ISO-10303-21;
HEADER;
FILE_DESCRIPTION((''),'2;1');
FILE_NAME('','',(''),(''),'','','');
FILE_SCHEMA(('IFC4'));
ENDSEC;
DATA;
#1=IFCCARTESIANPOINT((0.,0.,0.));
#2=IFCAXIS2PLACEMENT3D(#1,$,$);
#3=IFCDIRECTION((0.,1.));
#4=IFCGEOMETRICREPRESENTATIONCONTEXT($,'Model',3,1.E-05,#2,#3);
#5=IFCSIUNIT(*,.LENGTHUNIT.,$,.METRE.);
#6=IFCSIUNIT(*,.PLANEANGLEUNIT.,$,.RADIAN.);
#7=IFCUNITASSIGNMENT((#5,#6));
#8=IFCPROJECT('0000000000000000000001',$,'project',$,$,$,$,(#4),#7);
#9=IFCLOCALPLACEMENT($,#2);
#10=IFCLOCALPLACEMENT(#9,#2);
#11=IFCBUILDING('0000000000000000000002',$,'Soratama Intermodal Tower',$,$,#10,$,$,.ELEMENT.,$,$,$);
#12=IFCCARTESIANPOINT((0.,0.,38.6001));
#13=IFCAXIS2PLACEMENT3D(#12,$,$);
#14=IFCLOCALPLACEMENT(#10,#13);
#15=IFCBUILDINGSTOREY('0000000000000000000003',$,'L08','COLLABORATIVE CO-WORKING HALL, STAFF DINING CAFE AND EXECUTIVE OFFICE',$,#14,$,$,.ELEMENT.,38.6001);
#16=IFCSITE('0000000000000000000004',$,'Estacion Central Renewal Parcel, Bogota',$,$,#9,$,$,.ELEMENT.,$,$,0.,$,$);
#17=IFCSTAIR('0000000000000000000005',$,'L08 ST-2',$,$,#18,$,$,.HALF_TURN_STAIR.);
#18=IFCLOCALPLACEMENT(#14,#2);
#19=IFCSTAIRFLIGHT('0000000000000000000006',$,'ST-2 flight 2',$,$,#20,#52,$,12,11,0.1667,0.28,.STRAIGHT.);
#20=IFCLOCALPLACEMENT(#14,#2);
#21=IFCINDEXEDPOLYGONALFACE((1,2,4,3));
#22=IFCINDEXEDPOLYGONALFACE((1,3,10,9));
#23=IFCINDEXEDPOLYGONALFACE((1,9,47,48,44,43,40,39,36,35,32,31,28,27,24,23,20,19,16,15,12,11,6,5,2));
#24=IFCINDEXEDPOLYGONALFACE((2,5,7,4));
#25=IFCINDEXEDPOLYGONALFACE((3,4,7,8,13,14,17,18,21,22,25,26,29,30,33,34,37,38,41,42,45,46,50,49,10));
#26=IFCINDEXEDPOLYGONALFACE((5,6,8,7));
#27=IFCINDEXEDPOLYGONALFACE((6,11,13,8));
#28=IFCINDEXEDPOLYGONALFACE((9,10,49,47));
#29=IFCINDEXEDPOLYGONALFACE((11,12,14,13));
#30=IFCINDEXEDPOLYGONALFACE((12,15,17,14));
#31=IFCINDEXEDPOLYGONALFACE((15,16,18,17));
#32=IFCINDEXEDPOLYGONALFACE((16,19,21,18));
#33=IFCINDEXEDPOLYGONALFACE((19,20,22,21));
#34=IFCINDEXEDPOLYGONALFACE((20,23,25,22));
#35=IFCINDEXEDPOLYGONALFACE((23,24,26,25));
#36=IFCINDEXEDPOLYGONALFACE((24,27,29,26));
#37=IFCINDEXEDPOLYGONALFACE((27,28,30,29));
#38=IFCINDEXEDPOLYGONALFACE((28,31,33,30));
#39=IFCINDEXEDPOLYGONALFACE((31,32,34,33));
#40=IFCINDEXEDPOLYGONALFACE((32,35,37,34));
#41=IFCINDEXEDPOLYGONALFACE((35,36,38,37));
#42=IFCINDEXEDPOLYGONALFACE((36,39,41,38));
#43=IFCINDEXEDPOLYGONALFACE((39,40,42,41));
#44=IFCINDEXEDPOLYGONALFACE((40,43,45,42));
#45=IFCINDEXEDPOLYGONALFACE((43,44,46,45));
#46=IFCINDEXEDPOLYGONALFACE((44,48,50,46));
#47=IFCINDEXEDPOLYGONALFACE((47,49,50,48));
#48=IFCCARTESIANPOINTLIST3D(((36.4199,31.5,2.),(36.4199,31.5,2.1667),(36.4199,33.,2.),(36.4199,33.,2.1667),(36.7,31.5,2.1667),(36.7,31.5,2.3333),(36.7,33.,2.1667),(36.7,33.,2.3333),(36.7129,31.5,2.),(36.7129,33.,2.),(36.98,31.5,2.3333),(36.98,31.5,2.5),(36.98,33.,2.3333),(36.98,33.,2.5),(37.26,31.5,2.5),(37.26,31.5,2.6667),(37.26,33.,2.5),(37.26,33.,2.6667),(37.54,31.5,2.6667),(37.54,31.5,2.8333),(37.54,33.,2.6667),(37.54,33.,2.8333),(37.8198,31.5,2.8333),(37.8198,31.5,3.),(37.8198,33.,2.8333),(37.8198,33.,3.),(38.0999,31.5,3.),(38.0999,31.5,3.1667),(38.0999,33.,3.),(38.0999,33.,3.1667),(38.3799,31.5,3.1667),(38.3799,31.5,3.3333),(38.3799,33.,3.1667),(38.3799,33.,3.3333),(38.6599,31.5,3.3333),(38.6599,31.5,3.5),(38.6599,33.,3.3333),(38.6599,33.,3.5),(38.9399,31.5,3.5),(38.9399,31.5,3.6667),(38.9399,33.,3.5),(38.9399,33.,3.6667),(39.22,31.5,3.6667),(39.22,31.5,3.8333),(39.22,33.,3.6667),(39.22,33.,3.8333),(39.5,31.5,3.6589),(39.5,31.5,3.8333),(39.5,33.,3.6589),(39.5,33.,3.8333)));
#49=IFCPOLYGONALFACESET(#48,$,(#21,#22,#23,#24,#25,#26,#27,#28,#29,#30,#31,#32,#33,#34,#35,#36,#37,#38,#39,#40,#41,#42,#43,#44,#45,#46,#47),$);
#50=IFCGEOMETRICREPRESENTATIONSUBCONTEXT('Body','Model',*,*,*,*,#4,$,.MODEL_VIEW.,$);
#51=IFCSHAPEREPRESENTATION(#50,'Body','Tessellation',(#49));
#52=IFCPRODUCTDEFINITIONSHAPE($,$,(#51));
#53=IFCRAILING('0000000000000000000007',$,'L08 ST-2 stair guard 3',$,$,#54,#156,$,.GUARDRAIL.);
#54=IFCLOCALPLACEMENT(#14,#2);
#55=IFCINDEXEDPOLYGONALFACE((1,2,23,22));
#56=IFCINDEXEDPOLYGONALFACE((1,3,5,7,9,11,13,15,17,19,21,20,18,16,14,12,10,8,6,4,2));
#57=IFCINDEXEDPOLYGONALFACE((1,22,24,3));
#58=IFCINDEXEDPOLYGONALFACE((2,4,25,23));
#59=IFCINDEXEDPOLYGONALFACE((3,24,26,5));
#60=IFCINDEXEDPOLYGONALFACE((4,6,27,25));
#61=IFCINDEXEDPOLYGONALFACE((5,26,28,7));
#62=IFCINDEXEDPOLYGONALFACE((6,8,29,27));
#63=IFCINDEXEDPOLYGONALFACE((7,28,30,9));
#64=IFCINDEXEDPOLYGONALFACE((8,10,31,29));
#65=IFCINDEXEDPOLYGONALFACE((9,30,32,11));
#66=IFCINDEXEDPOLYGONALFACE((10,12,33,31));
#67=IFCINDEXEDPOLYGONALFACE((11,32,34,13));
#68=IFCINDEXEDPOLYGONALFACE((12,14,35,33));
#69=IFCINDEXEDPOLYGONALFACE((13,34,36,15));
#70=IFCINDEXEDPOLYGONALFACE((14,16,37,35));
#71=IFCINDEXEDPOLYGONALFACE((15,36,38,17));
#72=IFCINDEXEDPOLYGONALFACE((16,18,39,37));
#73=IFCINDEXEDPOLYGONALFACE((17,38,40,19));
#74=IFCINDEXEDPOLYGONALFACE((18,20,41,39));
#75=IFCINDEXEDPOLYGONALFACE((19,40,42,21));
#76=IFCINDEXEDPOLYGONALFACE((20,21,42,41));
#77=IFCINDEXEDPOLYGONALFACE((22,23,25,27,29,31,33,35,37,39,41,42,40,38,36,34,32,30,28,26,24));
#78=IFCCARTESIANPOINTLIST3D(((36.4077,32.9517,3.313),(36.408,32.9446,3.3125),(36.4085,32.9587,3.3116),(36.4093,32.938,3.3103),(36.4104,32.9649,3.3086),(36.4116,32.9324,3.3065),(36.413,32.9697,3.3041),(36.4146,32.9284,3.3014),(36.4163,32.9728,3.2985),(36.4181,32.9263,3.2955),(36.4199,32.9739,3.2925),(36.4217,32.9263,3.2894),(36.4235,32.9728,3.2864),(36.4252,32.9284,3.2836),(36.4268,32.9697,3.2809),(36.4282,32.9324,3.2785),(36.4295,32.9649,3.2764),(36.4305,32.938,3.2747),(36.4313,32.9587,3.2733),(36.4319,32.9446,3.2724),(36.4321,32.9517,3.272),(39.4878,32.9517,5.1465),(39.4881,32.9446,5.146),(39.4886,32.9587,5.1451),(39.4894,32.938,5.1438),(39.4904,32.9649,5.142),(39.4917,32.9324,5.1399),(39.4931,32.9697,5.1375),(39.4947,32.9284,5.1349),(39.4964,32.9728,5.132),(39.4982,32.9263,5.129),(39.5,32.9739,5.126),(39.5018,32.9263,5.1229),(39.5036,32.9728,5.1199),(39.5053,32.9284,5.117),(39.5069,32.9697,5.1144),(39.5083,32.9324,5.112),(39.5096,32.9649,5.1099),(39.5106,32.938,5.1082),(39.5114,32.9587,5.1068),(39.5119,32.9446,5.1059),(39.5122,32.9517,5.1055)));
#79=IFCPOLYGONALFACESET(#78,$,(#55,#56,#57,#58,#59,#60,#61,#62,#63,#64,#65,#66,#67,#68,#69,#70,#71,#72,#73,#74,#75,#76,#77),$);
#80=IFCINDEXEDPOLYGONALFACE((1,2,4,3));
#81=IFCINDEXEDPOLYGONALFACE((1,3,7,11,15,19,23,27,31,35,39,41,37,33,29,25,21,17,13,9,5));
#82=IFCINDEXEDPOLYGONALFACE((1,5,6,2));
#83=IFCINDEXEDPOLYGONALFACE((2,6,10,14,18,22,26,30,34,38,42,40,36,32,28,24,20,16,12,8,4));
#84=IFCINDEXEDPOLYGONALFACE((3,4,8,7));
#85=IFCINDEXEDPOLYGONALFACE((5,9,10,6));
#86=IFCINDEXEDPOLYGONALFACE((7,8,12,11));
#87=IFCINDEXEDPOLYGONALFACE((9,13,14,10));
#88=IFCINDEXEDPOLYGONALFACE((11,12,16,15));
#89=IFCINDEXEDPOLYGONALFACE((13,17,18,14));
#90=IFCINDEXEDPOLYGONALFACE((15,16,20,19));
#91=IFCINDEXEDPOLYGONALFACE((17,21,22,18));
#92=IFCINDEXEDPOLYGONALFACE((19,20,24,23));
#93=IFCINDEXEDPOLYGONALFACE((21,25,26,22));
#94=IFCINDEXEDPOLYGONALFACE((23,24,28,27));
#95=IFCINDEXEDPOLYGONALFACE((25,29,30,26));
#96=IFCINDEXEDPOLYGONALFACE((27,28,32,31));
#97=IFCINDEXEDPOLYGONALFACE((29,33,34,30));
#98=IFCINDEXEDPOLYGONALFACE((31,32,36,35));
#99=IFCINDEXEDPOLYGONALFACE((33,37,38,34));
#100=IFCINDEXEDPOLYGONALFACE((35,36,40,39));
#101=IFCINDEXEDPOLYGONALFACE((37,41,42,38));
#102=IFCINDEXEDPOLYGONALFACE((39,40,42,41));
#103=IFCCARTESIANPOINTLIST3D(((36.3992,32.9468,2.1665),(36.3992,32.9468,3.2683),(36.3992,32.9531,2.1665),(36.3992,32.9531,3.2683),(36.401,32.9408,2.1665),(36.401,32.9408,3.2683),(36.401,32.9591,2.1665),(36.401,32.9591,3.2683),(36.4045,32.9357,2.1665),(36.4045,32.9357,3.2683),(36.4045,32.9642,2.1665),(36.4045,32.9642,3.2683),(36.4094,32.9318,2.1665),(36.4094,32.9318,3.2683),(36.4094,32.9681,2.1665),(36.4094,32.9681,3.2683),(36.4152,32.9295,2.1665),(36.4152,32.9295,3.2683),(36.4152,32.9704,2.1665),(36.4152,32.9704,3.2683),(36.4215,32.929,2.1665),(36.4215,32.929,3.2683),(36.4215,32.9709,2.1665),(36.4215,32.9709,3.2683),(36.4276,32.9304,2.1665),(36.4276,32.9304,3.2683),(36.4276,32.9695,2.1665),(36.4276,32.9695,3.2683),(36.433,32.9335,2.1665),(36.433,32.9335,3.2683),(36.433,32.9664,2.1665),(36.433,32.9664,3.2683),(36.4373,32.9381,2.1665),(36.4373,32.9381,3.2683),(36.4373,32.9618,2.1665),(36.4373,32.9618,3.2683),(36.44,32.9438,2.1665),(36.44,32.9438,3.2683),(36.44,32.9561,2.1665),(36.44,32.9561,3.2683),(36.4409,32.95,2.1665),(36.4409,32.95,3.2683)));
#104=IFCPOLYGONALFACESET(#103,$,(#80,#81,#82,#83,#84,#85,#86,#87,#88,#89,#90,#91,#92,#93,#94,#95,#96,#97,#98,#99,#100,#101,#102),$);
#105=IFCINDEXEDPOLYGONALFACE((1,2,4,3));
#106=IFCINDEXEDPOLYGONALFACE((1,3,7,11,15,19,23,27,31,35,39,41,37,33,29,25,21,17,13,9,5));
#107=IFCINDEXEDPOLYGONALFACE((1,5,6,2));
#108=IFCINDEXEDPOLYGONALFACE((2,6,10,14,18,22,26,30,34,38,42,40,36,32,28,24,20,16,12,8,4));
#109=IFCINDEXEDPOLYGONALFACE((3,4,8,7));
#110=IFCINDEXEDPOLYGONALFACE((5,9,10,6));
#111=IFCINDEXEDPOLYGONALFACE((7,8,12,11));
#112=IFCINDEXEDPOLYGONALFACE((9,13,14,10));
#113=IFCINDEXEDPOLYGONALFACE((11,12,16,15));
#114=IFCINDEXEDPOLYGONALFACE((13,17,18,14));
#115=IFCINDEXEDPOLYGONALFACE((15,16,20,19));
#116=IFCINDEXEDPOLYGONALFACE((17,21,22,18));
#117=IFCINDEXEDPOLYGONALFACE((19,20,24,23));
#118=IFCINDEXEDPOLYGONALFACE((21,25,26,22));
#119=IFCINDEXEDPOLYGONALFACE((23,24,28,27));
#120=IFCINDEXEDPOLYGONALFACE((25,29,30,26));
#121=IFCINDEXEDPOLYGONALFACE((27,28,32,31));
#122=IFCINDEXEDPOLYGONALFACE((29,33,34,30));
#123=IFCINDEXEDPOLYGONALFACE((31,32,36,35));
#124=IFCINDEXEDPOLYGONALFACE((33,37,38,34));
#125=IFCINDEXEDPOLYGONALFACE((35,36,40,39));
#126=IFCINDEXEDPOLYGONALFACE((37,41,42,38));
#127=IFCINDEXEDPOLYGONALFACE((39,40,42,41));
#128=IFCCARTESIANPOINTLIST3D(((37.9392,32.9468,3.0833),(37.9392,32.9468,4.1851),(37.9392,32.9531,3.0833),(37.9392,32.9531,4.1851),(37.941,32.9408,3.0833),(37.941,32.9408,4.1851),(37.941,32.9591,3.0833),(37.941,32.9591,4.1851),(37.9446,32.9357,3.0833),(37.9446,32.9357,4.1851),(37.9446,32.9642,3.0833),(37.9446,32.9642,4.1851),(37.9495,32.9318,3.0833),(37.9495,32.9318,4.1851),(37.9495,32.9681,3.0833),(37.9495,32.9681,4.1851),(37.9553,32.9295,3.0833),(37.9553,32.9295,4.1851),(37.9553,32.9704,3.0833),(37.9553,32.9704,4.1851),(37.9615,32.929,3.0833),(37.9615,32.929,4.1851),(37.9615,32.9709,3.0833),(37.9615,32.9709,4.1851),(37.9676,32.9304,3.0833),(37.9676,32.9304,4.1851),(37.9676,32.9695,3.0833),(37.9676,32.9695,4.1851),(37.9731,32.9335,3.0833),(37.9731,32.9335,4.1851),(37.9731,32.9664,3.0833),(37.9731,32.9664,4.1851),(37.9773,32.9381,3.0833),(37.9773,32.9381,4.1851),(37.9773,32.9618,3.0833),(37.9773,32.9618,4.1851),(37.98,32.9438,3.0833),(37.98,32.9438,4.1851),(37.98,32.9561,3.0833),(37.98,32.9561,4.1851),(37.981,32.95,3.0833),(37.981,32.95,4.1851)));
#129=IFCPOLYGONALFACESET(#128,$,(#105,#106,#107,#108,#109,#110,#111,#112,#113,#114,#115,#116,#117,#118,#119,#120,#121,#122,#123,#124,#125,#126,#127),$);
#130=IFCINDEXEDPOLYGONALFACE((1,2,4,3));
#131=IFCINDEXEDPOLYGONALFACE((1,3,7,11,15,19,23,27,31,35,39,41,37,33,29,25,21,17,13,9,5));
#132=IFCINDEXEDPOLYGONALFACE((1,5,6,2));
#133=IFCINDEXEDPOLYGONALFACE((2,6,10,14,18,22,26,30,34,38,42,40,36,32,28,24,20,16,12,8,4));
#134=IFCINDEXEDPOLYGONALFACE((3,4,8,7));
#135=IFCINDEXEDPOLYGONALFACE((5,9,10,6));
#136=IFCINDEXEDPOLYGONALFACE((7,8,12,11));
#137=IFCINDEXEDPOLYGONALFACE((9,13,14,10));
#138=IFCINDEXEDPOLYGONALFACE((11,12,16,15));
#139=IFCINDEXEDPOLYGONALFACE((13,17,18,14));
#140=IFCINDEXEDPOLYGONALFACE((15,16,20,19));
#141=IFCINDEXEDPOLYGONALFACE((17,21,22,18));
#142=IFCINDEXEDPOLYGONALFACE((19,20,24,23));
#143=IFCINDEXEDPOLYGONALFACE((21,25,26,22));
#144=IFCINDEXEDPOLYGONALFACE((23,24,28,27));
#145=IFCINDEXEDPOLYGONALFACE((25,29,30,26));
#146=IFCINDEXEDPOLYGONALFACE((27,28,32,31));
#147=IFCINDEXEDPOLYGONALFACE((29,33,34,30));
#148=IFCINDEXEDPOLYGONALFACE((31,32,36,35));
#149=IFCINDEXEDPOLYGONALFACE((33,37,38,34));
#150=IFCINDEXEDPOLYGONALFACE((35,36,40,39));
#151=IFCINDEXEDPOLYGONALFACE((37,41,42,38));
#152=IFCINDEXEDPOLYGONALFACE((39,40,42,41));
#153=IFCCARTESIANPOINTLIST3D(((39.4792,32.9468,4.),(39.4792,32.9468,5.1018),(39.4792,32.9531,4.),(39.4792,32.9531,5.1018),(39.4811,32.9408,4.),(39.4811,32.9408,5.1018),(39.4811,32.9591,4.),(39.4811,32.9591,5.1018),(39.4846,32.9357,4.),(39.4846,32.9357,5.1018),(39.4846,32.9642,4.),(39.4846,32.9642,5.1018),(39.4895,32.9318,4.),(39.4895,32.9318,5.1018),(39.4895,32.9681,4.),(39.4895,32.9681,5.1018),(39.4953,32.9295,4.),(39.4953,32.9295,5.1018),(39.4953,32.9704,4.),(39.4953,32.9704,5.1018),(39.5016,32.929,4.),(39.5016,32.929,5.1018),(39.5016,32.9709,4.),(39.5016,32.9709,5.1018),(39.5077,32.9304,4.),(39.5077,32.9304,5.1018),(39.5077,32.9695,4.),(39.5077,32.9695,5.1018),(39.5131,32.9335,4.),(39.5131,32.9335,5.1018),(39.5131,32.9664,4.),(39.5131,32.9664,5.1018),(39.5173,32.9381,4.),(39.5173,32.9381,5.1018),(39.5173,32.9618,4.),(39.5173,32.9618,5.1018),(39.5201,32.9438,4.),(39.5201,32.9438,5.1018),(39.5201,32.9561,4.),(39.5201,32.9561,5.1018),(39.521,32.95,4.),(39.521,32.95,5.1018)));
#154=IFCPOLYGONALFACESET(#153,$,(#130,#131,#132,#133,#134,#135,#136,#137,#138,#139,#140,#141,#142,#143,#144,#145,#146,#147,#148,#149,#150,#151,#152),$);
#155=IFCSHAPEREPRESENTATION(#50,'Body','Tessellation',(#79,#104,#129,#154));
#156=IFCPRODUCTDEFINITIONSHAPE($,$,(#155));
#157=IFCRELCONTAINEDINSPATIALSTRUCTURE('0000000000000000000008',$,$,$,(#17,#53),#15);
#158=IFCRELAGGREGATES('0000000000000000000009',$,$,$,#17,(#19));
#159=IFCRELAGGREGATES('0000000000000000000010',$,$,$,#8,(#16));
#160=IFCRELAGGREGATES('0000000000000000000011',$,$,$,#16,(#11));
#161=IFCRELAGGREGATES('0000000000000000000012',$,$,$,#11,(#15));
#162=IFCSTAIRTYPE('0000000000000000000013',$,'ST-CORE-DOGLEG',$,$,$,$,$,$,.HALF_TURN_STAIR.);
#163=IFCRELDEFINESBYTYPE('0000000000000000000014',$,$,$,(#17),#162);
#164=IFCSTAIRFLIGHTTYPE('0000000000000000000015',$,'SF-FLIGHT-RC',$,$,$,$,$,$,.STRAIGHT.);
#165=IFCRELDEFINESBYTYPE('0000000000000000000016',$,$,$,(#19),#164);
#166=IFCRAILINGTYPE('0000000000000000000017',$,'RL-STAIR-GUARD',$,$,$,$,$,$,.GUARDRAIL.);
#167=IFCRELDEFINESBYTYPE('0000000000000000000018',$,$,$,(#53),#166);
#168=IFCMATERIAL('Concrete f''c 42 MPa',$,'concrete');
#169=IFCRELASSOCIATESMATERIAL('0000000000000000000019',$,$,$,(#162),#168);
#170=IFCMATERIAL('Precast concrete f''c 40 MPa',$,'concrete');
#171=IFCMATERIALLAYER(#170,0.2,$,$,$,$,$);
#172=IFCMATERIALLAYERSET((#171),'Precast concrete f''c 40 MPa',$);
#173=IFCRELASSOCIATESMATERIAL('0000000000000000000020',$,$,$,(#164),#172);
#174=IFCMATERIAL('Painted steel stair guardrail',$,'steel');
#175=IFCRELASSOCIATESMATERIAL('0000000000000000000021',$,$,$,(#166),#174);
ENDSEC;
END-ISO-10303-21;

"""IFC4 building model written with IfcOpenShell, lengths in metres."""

from ifc_helpers import new_model, si_unit, direction, frame, origin, origin_2d, place, context, subcontext, project, spatial, polyline, circle, outline, extrude, material, layer, layer_set, type_object, element, aggregate, save


model = new_model("IFC4")

# Units and contexts
model_context = context("Model", 3, precision=1e-05, world=origin(), true_north=direction((0.0, 1.0)))
body_context = subcontext(model_context, "Body", "Model", "MODEL_VIEW")
ifc_project = project(units=[si_unit("LENGTHUNIT", "METRE"), si_unit("PLANEANGLEUNIT", "RADIAN")], contexts=[model_context])

# Site, building, storey
site_placement = place(None, origin())
site = spatial("IfcSite", under=ifc_project, at=site_placement, Name="Estacion Central Renewal Parcel, Bogota", CompositionType="ELEMENT", RefElevation=0.0)
building_placement = place(site_placement, origin())
building = spatial("IfcBuilding", under=site, at=building_placement, Name="Soratama Intermodal Tower", CompositionType="ELEMENT")
storey_placement = place(building_placement, frame((0.0, 0.0, 38.6001)))
storey = spatial("IfcBuildingStorey", under=building, at=storey_placement, Name="L08", Description="COLLABORATIVE CO-WORKING HALL, STAFF DINING CAFE AND EXECUTIVE OFFICE", CompositionType="ELEMENT", Elevation=38.6001)

# Stair, stair flight
ifc_material_1 = material(Name="Concrete f'c 42 MPa", Category="concrete")
stair_type = type_object("IfcStairType", Name="ST-CORE-DOGLEG", PredefinedType="HALF_TURN_STAIR", material=ifc_material_1)
stair_placement = place(storey_placement, origin())
stair = element("IfcStair", 1, at=stair_placement, inside=storey, type_object=stair_type, Name="L08 ST-2", PredefinedType="HALF_TURN_STAIR")
ifc_material_2 = material(Name="Precast concrete f'c 40 MPa", Category="concrete")
ifc_layer_1 = layer(ifc_material_2, 0.2)
ifc_layer_set_1 = layer_set([ifc_layer_1], Name="Precast concrete f'c 40 MPa")
stair_flight_type = type_object("IfcStairFlightType", Name="SF-FLIGHT-RC", PredefinedType="STRAIGHT", material=ifc_layer_set_1)
stair_flight_placement = place(storey_placement, frame((36.4199, 32.25, 2.0), z_axis=(0.0, 0.0, 1.0), x_axis=(1.0, 0.0, 0.0)))
stair_flight = element("IfcStairFlight", 2, at=stair_flight_placement, type_object=stair_flight_type, Name="ST-2 flight 2", NumberOfRisers=12, NumberOfTreads=11, PredefinedType="STRAIGHT", RiserHeight=0.1667, TreadLength=0.28, context=body_context, shape_type="SweptSolid", body=[
    extrude(outline(polyline([(0.0, 0.0), (0.0, 0.1667), (0.28, 0.1667), (0.28, 0.3333), (0.5601, 0.3333), (0.5601, 0.5), (0.8401, 0.5), (0.8401, 0.6667), (1.1201, 0.6667), (1.1201, 0.8333), (1.3999, 0.8333), (1.3999, 1.0), (1.6799, 1.0), (1.6799, 1.1667), (1.96, 1.1667), (1.96, 1.3333), (2.24, 1.3333), (2.24, 1.5), (2.52, 1.5), (2.52, 1.6667), (2.8, 1.6667), (2.8, 1.8333), (3.0801, 1.8333), (3.0801, 2.0), (3.0801, 1.6589), (0.293, 0.0), (0.0, 0.0)])), frame((0.0, 0.75, 0.0), z_axis=(0.0, -1.0, 0.0), x_axis=(1.0, 0.0, 0.0)), (0.0, 0.0, 1.0), 1.5),
])
aggregate(stair, [stair_flight])

# Railing
ifc_material_3 = material(Name="Painted steel stair guardrail", Category="steel")
railing_type_1 = type_object("IfcRailingType", Name="RL-STAIR-GUARD", PredefinedType="GUARDRAIL", material=ifc_material_3)
railing_1_placement = place(storey_placement, frame((36.4199, 32.95, 2.1665)))
element("IfcRailing", 3, at=railing_1_placement, inside=storey, type_object=railing_type_1, Name="L08 ST-2 stair guard 3", PredefinedType="GUARDRAIL", context=body_context, shape_type="SweptSolid", body=[
    extrude(circle(Radius=0.0239, at=origin_2d()), frame((0.0, 0.0, 1.126), z_axis=(0.859279, 0.0, 0.511508), x_axis=(0.0, 1.0, 0.0)), (0.0, 0.0, 1.0), 3.5845),
    extrude(circle(Radius=0.021, at=origin_2d()), origin(), (0.0, 0.0, 1.0), 1.1018),
    extrude(circle(Radius=0.021, at=origin_2d()), frame((1.54, 0.0, 0.9167)), (0.0, 0.0, 1.0), 1.1018),
    extrude(circle(Radius=0.021, at=origin_2d()), frame((3.0801, 0.0, 1.8335)), (0.0, 0.0, 1.0), 1.1018),
])

save(model, "model.ifc")
